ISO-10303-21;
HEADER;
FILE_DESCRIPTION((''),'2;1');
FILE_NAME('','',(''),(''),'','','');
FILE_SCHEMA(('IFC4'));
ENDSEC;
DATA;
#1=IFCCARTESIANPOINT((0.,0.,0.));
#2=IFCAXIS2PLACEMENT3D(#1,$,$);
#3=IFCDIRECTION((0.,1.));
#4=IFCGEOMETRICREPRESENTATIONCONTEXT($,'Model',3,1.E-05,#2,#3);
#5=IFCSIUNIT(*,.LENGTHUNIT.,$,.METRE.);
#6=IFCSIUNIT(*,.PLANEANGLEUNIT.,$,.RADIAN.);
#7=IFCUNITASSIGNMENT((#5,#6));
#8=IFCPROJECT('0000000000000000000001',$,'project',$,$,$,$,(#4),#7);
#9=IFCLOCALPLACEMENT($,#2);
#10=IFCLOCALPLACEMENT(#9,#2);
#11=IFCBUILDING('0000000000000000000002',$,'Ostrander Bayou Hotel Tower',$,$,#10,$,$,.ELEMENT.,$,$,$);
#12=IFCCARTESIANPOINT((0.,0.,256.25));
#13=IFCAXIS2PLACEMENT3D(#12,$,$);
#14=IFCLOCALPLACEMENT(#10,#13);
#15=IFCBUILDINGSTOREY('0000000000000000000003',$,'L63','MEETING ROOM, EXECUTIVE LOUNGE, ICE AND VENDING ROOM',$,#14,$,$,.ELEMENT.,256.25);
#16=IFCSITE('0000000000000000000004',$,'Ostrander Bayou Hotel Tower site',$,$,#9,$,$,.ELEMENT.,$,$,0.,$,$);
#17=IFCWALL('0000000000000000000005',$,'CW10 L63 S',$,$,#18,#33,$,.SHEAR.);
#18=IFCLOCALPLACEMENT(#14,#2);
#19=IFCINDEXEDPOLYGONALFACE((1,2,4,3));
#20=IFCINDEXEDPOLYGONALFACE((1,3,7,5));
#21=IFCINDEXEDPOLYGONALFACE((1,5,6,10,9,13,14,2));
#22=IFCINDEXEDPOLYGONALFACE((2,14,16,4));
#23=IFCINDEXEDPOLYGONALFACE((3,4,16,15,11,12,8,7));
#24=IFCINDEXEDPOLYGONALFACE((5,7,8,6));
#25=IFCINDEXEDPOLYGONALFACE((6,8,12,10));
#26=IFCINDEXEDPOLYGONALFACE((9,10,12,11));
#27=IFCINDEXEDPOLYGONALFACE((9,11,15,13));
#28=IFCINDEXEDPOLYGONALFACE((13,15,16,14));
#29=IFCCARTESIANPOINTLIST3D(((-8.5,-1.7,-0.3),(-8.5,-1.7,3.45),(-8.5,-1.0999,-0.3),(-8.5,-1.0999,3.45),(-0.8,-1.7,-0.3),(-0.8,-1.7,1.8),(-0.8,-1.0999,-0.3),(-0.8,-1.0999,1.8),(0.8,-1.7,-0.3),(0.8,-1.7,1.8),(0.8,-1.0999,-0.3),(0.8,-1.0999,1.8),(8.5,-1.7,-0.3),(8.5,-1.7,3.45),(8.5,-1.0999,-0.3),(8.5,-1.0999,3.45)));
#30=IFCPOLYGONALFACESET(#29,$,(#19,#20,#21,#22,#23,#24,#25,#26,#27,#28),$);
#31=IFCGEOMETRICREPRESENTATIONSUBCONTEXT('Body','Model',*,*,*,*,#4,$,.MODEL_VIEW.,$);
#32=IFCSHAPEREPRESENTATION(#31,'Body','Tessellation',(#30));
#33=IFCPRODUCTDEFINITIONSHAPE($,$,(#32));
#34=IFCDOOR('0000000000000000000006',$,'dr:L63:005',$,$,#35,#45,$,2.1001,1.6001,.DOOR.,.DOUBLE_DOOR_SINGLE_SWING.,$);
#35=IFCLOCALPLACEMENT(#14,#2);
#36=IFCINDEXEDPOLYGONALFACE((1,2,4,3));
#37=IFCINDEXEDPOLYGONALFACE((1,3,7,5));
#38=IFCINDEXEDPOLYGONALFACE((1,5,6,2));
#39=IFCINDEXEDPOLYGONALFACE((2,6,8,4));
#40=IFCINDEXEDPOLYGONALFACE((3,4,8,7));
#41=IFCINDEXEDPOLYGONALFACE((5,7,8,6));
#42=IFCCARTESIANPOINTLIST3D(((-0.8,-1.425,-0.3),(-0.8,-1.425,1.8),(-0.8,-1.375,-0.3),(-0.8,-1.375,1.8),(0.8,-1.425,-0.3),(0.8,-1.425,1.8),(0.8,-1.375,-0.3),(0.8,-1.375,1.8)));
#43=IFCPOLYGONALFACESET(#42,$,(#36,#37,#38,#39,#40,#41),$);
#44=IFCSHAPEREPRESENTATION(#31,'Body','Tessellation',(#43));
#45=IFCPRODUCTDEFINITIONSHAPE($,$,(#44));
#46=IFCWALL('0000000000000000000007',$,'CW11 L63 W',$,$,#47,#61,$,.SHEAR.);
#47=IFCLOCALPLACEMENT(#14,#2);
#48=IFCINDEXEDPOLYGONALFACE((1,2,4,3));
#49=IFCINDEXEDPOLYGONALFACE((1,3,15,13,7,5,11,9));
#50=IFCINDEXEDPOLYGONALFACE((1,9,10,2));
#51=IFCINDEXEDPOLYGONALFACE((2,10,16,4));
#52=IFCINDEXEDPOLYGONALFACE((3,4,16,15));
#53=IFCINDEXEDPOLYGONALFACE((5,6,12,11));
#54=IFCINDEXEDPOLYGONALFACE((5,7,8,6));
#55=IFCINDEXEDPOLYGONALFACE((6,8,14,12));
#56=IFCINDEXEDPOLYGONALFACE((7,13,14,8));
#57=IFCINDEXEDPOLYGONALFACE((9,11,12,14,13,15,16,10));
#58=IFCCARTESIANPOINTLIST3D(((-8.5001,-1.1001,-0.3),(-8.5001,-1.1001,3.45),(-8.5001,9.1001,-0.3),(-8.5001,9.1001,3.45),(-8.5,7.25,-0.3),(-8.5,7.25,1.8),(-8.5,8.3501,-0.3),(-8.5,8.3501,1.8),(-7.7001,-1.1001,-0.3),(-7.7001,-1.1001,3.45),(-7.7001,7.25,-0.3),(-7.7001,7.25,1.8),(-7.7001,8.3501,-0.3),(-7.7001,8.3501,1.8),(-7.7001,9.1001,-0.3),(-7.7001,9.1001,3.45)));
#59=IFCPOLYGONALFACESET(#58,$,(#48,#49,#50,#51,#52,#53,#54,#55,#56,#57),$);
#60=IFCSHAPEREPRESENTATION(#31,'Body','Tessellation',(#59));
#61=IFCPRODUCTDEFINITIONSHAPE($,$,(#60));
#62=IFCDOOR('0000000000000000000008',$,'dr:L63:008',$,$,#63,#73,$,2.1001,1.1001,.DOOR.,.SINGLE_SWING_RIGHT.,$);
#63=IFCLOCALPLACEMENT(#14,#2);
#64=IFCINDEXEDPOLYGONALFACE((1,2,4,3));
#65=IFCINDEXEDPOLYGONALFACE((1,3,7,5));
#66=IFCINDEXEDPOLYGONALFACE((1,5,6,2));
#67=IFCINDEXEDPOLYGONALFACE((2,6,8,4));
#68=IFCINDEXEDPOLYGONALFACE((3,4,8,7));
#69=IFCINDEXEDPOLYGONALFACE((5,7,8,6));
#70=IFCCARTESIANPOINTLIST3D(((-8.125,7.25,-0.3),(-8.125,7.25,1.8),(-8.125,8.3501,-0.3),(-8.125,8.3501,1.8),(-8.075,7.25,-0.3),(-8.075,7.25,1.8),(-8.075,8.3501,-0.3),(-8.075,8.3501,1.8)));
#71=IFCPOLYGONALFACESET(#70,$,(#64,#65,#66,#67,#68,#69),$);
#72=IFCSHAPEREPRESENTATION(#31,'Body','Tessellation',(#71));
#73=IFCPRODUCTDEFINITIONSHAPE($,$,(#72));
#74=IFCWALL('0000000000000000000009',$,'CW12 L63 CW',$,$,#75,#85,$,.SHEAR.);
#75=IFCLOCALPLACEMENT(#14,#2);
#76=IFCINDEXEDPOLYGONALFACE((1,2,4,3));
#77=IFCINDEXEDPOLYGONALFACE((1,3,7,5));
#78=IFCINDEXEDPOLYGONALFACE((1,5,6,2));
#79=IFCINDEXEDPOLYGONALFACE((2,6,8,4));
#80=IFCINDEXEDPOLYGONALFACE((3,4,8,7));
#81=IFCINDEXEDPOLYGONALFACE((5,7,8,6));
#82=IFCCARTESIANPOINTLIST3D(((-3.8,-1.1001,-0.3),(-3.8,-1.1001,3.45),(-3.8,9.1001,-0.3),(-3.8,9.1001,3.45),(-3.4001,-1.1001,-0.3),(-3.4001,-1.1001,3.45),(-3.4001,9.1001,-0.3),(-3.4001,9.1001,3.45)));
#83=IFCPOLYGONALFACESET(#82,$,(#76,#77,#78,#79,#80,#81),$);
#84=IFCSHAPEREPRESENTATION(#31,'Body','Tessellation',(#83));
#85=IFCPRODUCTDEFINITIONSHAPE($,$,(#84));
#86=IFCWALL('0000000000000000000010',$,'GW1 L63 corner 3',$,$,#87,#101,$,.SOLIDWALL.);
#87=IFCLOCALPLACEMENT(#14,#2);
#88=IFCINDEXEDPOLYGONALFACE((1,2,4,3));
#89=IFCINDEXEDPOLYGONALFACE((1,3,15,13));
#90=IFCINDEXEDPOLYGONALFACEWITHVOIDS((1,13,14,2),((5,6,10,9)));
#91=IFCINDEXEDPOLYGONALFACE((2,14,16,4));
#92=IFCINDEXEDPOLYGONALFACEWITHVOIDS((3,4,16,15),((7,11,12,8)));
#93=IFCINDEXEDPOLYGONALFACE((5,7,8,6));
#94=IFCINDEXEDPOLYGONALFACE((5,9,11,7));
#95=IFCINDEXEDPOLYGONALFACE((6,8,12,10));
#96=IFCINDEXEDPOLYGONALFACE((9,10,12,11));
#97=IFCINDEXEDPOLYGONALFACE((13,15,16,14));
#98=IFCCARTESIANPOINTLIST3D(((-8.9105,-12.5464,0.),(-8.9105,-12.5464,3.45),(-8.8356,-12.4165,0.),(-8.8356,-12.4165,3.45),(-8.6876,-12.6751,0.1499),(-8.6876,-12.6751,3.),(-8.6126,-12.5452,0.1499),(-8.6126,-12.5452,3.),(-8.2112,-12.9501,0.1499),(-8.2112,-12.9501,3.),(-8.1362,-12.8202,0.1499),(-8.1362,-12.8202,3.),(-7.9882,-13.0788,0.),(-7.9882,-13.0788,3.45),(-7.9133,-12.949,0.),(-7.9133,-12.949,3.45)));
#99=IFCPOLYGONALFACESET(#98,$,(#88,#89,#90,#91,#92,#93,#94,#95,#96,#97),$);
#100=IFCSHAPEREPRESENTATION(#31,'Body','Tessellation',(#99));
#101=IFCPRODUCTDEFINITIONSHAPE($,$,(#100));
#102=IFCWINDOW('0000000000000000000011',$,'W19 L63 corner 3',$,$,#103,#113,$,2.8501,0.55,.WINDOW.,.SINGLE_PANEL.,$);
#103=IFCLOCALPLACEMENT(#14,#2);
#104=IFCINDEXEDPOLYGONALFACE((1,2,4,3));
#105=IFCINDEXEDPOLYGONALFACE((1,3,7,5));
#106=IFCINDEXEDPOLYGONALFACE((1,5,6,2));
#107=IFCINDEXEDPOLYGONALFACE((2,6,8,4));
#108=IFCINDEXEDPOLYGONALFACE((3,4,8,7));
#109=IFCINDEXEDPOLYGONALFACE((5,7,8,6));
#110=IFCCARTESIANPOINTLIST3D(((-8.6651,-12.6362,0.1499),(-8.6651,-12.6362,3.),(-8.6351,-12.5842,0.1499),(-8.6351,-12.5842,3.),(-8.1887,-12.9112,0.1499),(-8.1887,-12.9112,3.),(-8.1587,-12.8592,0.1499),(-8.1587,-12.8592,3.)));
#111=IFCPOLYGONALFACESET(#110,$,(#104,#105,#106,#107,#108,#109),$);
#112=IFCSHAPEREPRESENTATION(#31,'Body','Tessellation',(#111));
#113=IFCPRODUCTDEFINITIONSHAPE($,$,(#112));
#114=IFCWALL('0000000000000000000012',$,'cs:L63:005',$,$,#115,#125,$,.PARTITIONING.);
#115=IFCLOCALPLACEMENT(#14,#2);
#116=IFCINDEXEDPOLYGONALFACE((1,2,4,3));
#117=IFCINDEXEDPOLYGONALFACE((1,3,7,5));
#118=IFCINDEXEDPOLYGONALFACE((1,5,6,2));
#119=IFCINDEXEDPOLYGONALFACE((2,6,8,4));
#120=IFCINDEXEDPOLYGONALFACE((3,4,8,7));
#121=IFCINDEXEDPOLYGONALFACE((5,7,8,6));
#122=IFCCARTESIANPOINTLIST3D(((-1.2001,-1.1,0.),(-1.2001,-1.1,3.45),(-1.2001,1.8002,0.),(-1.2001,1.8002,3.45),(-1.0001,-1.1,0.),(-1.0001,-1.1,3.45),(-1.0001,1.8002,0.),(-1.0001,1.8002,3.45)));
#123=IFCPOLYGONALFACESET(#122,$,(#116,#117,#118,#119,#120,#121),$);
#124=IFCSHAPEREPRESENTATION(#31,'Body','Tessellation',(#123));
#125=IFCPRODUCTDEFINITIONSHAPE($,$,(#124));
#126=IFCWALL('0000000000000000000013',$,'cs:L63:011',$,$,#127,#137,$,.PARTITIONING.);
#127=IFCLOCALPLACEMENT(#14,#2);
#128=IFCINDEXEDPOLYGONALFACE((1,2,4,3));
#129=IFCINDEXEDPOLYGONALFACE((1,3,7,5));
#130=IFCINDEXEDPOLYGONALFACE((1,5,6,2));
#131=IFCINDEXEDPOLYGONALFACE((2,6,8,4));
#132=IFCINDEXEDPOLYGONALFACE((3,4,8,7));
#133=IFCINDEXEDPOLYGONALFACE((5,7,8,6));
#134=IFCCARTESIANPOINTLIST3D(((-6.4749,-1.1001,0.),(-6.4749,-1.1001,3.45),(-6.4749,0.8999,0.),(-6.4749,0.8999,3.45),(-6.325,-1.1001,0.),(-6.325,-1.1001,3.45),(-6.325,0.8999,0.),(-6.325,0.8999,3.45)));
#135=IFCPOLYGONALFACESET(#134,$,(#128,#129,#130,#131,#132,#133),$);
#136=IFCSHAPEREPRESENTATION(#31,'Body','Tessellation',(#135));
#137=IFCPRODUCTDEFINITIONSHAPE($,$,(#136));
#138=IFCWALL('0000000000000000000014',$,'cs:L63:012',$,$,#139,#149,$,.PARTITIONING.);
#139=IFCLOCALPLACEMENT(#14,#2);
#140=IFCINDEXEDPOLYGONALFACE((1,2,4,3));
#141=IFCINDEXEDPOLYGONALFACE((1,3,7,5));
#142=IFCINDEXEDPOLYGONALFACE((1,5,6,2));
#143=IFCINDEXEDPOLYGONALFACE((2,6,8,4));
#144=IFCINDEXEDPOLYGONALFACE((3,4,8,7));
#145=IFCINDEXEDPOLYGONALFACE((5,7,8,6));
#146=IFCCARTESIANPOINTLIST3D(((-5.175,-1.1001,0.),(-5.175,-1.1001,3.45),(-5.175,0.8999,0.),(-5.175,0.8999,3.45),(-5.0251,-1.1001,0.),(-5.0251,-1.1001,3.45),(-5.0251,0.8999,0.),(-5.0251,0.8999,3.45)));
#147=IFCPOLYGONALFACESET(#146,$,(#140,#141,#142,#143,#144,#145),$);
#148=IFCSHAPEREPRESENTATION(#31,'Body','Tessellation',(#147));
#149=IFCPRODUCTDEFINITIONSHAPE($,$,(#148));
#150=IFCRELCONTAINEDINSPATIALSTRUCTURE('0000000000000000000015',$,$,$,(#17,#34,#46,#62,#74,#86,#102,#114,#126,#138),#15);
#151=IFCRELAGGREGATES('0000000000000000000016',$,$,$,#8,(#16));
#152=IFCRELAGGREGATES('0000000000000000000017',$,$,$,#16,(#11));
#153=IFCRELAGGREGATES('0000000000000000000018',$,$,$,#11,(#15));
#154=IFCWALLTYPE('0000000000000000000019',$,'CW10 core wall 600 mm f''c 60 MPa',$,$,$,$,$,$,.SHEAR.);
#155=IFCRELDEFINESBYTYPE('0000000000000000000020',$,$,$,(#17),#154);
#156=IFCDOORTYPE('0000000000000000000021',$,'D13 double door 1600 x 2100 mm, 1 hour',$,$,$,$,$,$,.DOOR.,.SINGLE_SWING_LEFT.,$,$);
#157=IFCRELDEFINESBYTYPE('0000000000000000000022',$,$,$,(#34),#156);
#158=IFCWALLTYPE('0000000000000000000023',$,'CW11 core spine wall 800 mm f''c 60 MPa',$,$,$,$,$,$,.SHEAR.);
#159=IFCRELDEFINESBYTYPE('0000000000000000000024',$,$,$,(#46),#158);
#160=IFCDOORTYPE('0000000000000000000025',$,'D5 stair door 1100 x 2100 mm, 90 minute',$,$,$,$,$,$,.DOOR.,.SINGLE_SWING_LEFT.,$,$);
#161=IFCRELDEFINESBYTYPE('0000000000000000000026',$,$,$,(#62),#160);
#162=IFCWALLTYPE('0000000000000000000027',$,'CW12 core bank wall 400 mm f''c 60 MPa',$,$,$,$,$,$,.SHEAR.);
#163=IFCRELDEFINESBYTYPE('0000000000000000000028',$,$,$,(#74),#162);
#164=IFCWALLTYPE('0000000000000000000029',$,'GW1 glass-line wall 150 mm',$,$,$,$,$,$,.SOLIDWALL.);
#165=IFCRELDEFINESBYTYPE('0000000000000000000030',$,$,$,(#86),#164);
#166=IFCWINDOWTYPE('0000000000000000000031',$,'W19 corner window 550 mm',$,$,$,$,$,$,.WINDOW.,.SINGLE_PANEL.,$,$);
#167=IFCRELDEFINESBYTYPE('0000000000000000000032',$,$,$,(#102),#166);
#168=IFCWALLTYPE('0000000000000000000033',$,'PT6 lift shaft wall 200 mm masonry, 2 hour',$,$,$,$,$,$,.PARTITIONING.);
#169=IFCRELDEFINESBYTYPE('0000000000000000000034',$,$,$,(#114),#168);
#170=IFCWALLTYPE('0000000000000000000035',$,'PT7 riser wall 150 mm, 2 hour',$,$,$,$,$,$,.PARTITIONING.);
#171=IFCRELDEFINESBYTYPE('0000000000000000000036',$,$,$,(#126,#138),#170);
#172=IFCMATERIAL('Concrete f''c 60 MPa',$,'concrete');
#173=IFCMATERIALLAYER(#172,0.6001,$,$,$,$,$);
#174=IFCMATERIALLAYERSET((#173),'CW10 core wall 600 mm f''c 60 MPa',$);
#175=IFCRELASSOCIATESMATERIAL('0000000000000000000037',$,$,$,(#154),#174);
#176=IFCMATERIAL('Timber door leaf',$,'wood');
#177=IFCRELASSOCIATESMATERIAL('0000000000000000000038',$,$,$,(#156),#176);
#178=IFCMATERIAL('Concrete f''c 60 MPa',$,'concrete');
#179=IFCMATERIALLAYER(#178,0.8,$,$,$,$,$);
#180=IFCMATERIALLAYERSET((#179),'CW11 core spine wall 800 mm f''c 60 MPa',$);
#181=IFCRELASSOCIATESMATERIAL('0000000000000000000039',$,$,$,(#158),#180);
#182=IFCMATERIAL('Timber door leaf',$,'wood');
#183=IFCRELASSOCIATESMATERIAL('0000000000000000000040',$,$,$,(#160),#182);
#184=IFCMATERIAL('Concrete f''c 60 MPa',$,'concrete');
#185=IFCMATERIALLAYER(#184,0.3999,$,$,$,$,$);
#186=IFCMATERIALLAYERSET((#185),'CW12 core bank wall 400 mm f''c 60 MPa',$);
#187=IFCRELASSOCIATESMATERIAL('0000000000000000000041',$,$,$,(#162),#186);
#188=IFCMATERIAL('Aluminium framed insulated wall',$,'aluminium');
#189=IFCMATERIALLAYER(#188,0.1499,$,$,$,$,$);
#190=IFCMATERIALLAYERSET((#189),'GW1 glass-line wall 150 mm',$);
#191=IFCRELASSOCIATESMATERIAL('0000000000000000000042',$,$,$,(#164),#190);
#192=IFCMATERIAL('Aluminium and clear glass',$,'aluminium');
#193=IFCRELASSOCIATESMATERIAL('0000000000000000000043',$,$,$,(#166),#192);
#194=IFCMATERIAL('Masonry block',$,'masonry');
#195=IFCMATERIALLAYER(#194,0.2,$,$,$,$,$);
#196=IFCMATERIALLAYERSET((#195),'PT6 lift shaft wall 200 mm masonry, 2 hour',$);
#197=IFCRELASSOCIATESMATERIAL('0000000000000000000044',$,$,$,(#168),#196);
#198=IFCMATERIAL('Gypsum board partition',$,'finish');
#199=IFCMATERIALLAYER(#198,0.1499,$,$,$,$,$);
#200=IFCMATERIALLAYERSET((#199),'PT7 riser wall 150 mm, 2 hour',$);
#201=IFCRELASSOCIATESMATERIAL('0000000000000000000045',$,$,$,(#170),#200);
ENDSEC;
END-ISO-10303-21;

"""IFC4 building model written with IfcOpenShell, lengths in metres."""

from ifc_helpers import new_model, si_unit, direction, frame, frame_2d, origin, place, context, subcontext, project, spatial, rectangle, extrude, material, layer, layer_set, type_object, element, fill, save


model = new_model("IFC4")

# Units and contexts
model_context = context("Model", 3, precision=1e-05, world=origin(), true_north=direction((0.0, 1.0)))
body_context = subcontext(model_context, "Body", "Model", "MODEL_VIEW")
ifc_project = project(units=[si_unit("LENGTHUNIT", "METRE"), si_unit("PLANEANGLEUNIT", "RADIAN")], contexts=[model_context])

# Site, building, storey
site_placement = place(None, origin())
site = spatial("IfcSite", under=ifc_project, at=site_placement, Name="Ostrander Bayou Hotel Tower site", CompositionType="ELEMENT", RefElevation=0.0)
building_placement = place(site_placement, origin())
building = spatial("IfcBuilding", under=site, at=building_placement, Name="Ostrander Bayou Hotel Tower", CompositionType="ELEMENT")
storey_placement = place(building_placement, frame((0.0, 0.0, 256.25)))
storey = spatial("IfcBuildingStorey", under=building, at=storey_placement, Name="L63", Description="MEETING ROOM, EXECUTIVE LOUNGE, ICE AND VENDING ROOM", CompositionType="ELEMENT", Elevation=256.25)

# Walls, openings, doors
ifc_material_1 = material(Name="Concrete f'c 60 MPa", Category="concrete")
ifc_layer_1 = layer(ifc_material_1, 0.6001)
ifc_layer_set_1 = layer_set([ifc_layer_1], Name="CW10 core wall 600 mm f'c 60 MPa")
wall_type_1 = type_object("IfcWallType", Name="CW10 core wall 600 mm f'c 60 MPa", PredefinedType="SHEAR", material=ifc_layer_set_1)
wall_1_placement = place(storey_placement, frame((-8.5, -1.3999, -0.3), z_axis=(0.0, 0.0, 1.0), x_axis=(1.0, 0.0, 0.0)))
wall_1 = element("IfcWall", 1, at=wall_1_placement, inside=storey, type_object=wall_type_1, Name="CW10 L63 S", PredefinedType="SHEAR", context=body_context, shape_type="SweptSolid", body=[
    extrude(rectangle(XDim=17.0, YDim=0.6001, at=frame_2d((8.5, 0.0))), origin(), (0.0, 0.0, 1.0), 3.75),
])
opening_1_placement = place(wall_1_placement, frame((7.7, 0.0, 0.0)))
opening_1 = element("IfcOpeningElement", 2, at=opening_1_placement, cuts=wall_1, PredefinedType="OPENING", context=body_context, shape_type="SweptSolid", body=[
    extrude(rectangle(XDim=1.6001, YDim=2.1001, at=frame_2d((0.8, 1.05))), frame((0.0, 0.3, 0.0), z_axis=(0.0, -1.0, 0.0), x_axis=(1.0, 0.0, 0.0)), (0.0, 0.0, 1.0), 0.6001),
])
ifc_material_2 = material(Name="Timber door leaf", Category="wood")
door_type_1 = type_object("IfcDoorType", Name="D13 double door 1600 x 2100 mm, 1 hour", OperationType="SINGLE_SWING_LEFT", PredefinedType="DOOR", material=ifc_material_2)
door_1_placement = place(opening_1_placement, origin())
door_1 = element("IfcDoor", 3, at=door_1_placement, inside=storey, type_object=door_type_1, Name="dr:L63:005", OperationType="DOUBLE_DOOR_SINGLE_SWING", OverallHeight=2.1001, OverallWidth=1.6001, PredefinedType="DOOR", context=body_context, shape_type="SweptSolid", body=[
    extrude(rectangle(XDim=1.6001, YDim=2.1001, at=frame_2d((0.8, 1.05))), frame((0.0, 0.0249, 0.0), z_axis=(0.0, -1.0, 0.0), x_axis=(1.0, 0.0, 0.0)), (0.0, 0.0, 1.0), 0.05),
])
fill(opening_1, door_1)
ifc_material_3 = material(Name="Concrete f'c 60 MPa", Category="concrete")
ifc_layer_2 = layer(ifc_material_3, 0.8)
ifc_layer_set_2 = layer_set([ifc_layer_2], Name="CW11 core spine wall 800 mm f'c 60 MPa")
wall_type_2 = type_object("IfcWallType", Name="CW11 core spine wall 800 mm f'c 60 MPa", PredefinedType="SHEAR", material=ifc_layer_set_2)
wall_2_placement = place(storey_placement, frame((-8.1001, -1.1001, -0.3), z_axis=(0.0, 0.0, 1.0), x_axis=(0.0, 1.0, 0.0)))
wall_2 = element("IfcWall", 4, at=wall_2_placement, inside=storey, type_object=wall_type_2, Name="CW11 L63 W", PredefinedType="SHEAR", context=body_context, shape_type="SweptSolid", body=[
    extrude(rectangle(XDim=10.2002, YDim=0.8, at=frame_2d((5.1001, 0.0))), origin(), (0.0, 0.0, 1.0), 3.75),
])
opening_2_placement = place(wall_2_placement, frame((8.3501, 0.0, 0.0)))
opening_2 = element("IfcOpeningElement", 5, at=opening_2_placement, cuts=wall_2, PredefinedType="OPENING", context=body_context, shape_type="SweptSolid", body=[
    extrude(rectangle(XDim=1.1001, YDim=2.1001, at=frame_2d((0.55, 1.05))), frame((0.0, 0.3999, 0.0), z_axis=(0.0, -1.0, 0.0), x_axis=(1.0, 0.0, 0.0)), (0.0, 0.0, 1.0), 0.8),
])
ifc_material_4 = material(Name="Timber door leaf", Category="wood")
door_type_2 = type_object("IfcDoorType", Name="D5 stair door 1100 x 2100 mm, 90 minute", OperationType="SINGLE_SWING_LEFT", PredefinedType="DOOR", material=ifc_material_4)
door_2_placement = place(opening_2_placement, origin())
door_2 = element("IfcDoor", 6, at=door_2_placement, inside=storey, type_object=door_type_2, Name="dr:L63:008", OperationType="SINGLE_SWING_RIGHT", OverallHeight=2.1001, OverallWidth=1.1001, PredefinedType="DOOR", context=body_context, shape_type="SweptSolid", body=[
    extrude(rectangle(XDim=1.1001, YDim=2.1001, at=frame_2d((0.55, 1.05))), frame((0.0, 0.0249, 0.0), z_axis=(0.0, -1.0, 0.0), x_axis=(1.0, 0.0, 0.0)), (0.0, 0.0, 1.0), 0.05),
])
fill(opening_2, door_2)

# Wall
ifc_material_5 = material(Name="Concrete f'c 60 MPa", Category="concrete")
ifc_layer_3 = layer(ifc_material_5, 0.3999)
ifc_layer_set_3 = layer_set([ifc_layer_3], Name="CW12 core bank wall 400 mm f'c 60 MPa")
wall_type_3 = type_object("IfcWallType", Name="CW12 core bank wall 400 mm f'c 60 MPa", PredefinedType="SHEAR", material=ifc_layer_set_3)
wall_3_placement = place(storey_placement, frame((-3.6001, -1.1001, -0.3), z_axis=(0.0, 0.0, 1.0), x_axis=(0.0, 1.0, 0.0)))
element("IfcWall", 7, at=wall_3_placement, inside=storey, type_object=wall_type_3, Name="CW12 L63 CW", PredefinedType="SHEAR", context=body_context, shape_type="SweptSolid", body=[
    extrude(rectangle(XDim=10.2002, YDim=0.3999, at=frame_2d((5.1001, 0.0))), origin(), (0.0, 0.0, 1.0), 3.75),
])

# Wall, opening, window
ifc_material_6 = material(Name="Aluminium framed insulated wall", Category="aluminium")
ifc_layer_4 = layer(ifc_material_6, 0.1499)
ifc_layer_set_4 = layer_set([ifc_layer_4], Name="GW1 glass-line wall 150 mm")
wall_type_4 = type_object("IfcWallType", Name="GW1 glass-line wall 150 mm", PredefinedType="SOLIDWALL", material=ifc_layer_set_4)
wall_4_placement = place(storey_placement, frame((-8.873, -12.4814, 0.0), z_axis=(0.0, 0.0, 1.0), x_axis=(0.866048, -0.499961, 0.0)))
wall_4 = element("IfcWall", 8, at=wall_4_placement, inside=storey, type_object=wall_type_4, Name="GW1 L63 corner 3", PredefinedType="SOLIDWALL", context=body_context, shape_type="SweptSolid", body=[
    extrude(rectangle(XDim=1.0649, YDim=0.1499, at=frame_2d((0.5325, 0.0))), origin(), (0.0, 0.0, 1.0), 3.45),
])
opening_3_placement = place(wall_4_placement, frame((0.2576, 0.0, 0.1499)))
opening_3 = element("IfcOpeningElement", 9, at=opening_3_placement, cuts=wall_4, PredefinedType="OPENING", context=body_context, shape_type="SweptSolid", body=[
    extrude(rectangle(XDim=0.55, YDim=2.8501, at=frame_2d((0.2749, 1.425))), frame((0.0, 0.075, 0.0), z_axis=(0.0, -1.0, 0.0), x_axis=(1.0, 0.0, 0.0)), (0.0, 0.0, 1.0), 0.1499),
])
ifc_material_7 = material(Name="Aluminium and clear glass", Category="aluminium")
window_type = type_object("IfcWindowType", Name="W19 corner window 550 mm", PartitioningType="SINGLE_PANEL", PredefinedType="WINDOW", material=ifc_material_7)
window_placement = place(opening_3_placement, origin())
window = element("IfcWindow", 10, at=window_placement, inside=storey, type_object=window_type, Name="W19 L63 corner 3", OverallHeight=2.8501, OverallWidth=0.55, PartitioningType="SINGLE_PANEL", PredefinedType="WINDOW", context=body_context, shape_type="SweptSolid", body=[
    extrude(rectangle(XDim=0.55, YDim=2.8501, at=frame_2d((0.2749, 1.425))), frame((0.0, 0.03, 0.0), z_axis=(0.0, -1.0, 0.0), x_axis=(1.0, 0.0, 0.0)), (0.0, 0.0, 1.0), 0.0601),
])
fill(opening_3, window)

# Walls
ifc_material_8 = material(Name="Masonry block", Category="masonry")
ifc_layer_5 = layer(ifc_material_8, 0.2)
ifc_layer_set_5 = layer_set([ifc_layer_5], Name="PT6 lift shaft wall 200 mm masonry, 2 hour")
wall_type_5 = type_object("IfcWallType", Name="PT6 lift shaft wall 200 mm masonry, 2 hour", PredefinedType="PARTITIONING", material=ifc_layer_set_5)
wall_5_placement = place(storey_placement, frame((-1.1001, -1.1001, 0.0), z_axis=(0.0, 0.0, 1.0), x_axis=(0.0, 1.0, 0.0)))
element("IfcWall", 11, at=wall_5_placement, inside=storey, type_object=wall_type_5, Name="cs:L63:005", PredefinedType="PARTITIONING", context=body_context, shape_type="SweptSolid", body=[
    extrude(rectangle(XDim=2.9001, YDim=0.2, at=frame_2d((1.4502, 0.0))), origin(), (0.0, 0.0, 1.0), 3.45),
])
ifc_material_9 = material(Name="Gypsum board partition", Category="finish")
ifc_layer_6 = layer(ifc_material_9, 0.1499)
ifc_layer_set_6 = layer_set([ifc_layer_6], Name="PT7 riser wall 150 mm, 2 hour")
wall_type_6 = type_object("IfcWallType", Name="PT7 riser wall 150 mm, 2 hour", PredefinedType="PARTITIONING", material=ifc_layer_set_6)
for number, where, z_axis, x_axis, name in (
    (12, (-6.3999, -1.1001, 0.0), (0.0, 0.0, 1.0), (0.0, 1.0, 0.0), "cs:L63:011"),
    (13, (-5.1001, -1.1001, 0.0), (0.0, 0.0, 1.0), (0.0, 1.0, 0.0), "cs:L63:012"),
):
    element("IfcWall", number, at=place(storey_placement, frame(where, z_axis=z_axis, x_axis=x_axis)), inside=storey, type_object=wall_type_6, Name=name, PredefinedType="PARTITIONING", context=body_context, shape_type="SweptSolid", body=[
        extrude(rectangle(XDim=2.0, YDim=0.1499, at=frame_2d((1.0, 0.0))), origin(), (0.0, 0.0, 1.0), 3.45),
    ])

save(model, "model.ifc")
